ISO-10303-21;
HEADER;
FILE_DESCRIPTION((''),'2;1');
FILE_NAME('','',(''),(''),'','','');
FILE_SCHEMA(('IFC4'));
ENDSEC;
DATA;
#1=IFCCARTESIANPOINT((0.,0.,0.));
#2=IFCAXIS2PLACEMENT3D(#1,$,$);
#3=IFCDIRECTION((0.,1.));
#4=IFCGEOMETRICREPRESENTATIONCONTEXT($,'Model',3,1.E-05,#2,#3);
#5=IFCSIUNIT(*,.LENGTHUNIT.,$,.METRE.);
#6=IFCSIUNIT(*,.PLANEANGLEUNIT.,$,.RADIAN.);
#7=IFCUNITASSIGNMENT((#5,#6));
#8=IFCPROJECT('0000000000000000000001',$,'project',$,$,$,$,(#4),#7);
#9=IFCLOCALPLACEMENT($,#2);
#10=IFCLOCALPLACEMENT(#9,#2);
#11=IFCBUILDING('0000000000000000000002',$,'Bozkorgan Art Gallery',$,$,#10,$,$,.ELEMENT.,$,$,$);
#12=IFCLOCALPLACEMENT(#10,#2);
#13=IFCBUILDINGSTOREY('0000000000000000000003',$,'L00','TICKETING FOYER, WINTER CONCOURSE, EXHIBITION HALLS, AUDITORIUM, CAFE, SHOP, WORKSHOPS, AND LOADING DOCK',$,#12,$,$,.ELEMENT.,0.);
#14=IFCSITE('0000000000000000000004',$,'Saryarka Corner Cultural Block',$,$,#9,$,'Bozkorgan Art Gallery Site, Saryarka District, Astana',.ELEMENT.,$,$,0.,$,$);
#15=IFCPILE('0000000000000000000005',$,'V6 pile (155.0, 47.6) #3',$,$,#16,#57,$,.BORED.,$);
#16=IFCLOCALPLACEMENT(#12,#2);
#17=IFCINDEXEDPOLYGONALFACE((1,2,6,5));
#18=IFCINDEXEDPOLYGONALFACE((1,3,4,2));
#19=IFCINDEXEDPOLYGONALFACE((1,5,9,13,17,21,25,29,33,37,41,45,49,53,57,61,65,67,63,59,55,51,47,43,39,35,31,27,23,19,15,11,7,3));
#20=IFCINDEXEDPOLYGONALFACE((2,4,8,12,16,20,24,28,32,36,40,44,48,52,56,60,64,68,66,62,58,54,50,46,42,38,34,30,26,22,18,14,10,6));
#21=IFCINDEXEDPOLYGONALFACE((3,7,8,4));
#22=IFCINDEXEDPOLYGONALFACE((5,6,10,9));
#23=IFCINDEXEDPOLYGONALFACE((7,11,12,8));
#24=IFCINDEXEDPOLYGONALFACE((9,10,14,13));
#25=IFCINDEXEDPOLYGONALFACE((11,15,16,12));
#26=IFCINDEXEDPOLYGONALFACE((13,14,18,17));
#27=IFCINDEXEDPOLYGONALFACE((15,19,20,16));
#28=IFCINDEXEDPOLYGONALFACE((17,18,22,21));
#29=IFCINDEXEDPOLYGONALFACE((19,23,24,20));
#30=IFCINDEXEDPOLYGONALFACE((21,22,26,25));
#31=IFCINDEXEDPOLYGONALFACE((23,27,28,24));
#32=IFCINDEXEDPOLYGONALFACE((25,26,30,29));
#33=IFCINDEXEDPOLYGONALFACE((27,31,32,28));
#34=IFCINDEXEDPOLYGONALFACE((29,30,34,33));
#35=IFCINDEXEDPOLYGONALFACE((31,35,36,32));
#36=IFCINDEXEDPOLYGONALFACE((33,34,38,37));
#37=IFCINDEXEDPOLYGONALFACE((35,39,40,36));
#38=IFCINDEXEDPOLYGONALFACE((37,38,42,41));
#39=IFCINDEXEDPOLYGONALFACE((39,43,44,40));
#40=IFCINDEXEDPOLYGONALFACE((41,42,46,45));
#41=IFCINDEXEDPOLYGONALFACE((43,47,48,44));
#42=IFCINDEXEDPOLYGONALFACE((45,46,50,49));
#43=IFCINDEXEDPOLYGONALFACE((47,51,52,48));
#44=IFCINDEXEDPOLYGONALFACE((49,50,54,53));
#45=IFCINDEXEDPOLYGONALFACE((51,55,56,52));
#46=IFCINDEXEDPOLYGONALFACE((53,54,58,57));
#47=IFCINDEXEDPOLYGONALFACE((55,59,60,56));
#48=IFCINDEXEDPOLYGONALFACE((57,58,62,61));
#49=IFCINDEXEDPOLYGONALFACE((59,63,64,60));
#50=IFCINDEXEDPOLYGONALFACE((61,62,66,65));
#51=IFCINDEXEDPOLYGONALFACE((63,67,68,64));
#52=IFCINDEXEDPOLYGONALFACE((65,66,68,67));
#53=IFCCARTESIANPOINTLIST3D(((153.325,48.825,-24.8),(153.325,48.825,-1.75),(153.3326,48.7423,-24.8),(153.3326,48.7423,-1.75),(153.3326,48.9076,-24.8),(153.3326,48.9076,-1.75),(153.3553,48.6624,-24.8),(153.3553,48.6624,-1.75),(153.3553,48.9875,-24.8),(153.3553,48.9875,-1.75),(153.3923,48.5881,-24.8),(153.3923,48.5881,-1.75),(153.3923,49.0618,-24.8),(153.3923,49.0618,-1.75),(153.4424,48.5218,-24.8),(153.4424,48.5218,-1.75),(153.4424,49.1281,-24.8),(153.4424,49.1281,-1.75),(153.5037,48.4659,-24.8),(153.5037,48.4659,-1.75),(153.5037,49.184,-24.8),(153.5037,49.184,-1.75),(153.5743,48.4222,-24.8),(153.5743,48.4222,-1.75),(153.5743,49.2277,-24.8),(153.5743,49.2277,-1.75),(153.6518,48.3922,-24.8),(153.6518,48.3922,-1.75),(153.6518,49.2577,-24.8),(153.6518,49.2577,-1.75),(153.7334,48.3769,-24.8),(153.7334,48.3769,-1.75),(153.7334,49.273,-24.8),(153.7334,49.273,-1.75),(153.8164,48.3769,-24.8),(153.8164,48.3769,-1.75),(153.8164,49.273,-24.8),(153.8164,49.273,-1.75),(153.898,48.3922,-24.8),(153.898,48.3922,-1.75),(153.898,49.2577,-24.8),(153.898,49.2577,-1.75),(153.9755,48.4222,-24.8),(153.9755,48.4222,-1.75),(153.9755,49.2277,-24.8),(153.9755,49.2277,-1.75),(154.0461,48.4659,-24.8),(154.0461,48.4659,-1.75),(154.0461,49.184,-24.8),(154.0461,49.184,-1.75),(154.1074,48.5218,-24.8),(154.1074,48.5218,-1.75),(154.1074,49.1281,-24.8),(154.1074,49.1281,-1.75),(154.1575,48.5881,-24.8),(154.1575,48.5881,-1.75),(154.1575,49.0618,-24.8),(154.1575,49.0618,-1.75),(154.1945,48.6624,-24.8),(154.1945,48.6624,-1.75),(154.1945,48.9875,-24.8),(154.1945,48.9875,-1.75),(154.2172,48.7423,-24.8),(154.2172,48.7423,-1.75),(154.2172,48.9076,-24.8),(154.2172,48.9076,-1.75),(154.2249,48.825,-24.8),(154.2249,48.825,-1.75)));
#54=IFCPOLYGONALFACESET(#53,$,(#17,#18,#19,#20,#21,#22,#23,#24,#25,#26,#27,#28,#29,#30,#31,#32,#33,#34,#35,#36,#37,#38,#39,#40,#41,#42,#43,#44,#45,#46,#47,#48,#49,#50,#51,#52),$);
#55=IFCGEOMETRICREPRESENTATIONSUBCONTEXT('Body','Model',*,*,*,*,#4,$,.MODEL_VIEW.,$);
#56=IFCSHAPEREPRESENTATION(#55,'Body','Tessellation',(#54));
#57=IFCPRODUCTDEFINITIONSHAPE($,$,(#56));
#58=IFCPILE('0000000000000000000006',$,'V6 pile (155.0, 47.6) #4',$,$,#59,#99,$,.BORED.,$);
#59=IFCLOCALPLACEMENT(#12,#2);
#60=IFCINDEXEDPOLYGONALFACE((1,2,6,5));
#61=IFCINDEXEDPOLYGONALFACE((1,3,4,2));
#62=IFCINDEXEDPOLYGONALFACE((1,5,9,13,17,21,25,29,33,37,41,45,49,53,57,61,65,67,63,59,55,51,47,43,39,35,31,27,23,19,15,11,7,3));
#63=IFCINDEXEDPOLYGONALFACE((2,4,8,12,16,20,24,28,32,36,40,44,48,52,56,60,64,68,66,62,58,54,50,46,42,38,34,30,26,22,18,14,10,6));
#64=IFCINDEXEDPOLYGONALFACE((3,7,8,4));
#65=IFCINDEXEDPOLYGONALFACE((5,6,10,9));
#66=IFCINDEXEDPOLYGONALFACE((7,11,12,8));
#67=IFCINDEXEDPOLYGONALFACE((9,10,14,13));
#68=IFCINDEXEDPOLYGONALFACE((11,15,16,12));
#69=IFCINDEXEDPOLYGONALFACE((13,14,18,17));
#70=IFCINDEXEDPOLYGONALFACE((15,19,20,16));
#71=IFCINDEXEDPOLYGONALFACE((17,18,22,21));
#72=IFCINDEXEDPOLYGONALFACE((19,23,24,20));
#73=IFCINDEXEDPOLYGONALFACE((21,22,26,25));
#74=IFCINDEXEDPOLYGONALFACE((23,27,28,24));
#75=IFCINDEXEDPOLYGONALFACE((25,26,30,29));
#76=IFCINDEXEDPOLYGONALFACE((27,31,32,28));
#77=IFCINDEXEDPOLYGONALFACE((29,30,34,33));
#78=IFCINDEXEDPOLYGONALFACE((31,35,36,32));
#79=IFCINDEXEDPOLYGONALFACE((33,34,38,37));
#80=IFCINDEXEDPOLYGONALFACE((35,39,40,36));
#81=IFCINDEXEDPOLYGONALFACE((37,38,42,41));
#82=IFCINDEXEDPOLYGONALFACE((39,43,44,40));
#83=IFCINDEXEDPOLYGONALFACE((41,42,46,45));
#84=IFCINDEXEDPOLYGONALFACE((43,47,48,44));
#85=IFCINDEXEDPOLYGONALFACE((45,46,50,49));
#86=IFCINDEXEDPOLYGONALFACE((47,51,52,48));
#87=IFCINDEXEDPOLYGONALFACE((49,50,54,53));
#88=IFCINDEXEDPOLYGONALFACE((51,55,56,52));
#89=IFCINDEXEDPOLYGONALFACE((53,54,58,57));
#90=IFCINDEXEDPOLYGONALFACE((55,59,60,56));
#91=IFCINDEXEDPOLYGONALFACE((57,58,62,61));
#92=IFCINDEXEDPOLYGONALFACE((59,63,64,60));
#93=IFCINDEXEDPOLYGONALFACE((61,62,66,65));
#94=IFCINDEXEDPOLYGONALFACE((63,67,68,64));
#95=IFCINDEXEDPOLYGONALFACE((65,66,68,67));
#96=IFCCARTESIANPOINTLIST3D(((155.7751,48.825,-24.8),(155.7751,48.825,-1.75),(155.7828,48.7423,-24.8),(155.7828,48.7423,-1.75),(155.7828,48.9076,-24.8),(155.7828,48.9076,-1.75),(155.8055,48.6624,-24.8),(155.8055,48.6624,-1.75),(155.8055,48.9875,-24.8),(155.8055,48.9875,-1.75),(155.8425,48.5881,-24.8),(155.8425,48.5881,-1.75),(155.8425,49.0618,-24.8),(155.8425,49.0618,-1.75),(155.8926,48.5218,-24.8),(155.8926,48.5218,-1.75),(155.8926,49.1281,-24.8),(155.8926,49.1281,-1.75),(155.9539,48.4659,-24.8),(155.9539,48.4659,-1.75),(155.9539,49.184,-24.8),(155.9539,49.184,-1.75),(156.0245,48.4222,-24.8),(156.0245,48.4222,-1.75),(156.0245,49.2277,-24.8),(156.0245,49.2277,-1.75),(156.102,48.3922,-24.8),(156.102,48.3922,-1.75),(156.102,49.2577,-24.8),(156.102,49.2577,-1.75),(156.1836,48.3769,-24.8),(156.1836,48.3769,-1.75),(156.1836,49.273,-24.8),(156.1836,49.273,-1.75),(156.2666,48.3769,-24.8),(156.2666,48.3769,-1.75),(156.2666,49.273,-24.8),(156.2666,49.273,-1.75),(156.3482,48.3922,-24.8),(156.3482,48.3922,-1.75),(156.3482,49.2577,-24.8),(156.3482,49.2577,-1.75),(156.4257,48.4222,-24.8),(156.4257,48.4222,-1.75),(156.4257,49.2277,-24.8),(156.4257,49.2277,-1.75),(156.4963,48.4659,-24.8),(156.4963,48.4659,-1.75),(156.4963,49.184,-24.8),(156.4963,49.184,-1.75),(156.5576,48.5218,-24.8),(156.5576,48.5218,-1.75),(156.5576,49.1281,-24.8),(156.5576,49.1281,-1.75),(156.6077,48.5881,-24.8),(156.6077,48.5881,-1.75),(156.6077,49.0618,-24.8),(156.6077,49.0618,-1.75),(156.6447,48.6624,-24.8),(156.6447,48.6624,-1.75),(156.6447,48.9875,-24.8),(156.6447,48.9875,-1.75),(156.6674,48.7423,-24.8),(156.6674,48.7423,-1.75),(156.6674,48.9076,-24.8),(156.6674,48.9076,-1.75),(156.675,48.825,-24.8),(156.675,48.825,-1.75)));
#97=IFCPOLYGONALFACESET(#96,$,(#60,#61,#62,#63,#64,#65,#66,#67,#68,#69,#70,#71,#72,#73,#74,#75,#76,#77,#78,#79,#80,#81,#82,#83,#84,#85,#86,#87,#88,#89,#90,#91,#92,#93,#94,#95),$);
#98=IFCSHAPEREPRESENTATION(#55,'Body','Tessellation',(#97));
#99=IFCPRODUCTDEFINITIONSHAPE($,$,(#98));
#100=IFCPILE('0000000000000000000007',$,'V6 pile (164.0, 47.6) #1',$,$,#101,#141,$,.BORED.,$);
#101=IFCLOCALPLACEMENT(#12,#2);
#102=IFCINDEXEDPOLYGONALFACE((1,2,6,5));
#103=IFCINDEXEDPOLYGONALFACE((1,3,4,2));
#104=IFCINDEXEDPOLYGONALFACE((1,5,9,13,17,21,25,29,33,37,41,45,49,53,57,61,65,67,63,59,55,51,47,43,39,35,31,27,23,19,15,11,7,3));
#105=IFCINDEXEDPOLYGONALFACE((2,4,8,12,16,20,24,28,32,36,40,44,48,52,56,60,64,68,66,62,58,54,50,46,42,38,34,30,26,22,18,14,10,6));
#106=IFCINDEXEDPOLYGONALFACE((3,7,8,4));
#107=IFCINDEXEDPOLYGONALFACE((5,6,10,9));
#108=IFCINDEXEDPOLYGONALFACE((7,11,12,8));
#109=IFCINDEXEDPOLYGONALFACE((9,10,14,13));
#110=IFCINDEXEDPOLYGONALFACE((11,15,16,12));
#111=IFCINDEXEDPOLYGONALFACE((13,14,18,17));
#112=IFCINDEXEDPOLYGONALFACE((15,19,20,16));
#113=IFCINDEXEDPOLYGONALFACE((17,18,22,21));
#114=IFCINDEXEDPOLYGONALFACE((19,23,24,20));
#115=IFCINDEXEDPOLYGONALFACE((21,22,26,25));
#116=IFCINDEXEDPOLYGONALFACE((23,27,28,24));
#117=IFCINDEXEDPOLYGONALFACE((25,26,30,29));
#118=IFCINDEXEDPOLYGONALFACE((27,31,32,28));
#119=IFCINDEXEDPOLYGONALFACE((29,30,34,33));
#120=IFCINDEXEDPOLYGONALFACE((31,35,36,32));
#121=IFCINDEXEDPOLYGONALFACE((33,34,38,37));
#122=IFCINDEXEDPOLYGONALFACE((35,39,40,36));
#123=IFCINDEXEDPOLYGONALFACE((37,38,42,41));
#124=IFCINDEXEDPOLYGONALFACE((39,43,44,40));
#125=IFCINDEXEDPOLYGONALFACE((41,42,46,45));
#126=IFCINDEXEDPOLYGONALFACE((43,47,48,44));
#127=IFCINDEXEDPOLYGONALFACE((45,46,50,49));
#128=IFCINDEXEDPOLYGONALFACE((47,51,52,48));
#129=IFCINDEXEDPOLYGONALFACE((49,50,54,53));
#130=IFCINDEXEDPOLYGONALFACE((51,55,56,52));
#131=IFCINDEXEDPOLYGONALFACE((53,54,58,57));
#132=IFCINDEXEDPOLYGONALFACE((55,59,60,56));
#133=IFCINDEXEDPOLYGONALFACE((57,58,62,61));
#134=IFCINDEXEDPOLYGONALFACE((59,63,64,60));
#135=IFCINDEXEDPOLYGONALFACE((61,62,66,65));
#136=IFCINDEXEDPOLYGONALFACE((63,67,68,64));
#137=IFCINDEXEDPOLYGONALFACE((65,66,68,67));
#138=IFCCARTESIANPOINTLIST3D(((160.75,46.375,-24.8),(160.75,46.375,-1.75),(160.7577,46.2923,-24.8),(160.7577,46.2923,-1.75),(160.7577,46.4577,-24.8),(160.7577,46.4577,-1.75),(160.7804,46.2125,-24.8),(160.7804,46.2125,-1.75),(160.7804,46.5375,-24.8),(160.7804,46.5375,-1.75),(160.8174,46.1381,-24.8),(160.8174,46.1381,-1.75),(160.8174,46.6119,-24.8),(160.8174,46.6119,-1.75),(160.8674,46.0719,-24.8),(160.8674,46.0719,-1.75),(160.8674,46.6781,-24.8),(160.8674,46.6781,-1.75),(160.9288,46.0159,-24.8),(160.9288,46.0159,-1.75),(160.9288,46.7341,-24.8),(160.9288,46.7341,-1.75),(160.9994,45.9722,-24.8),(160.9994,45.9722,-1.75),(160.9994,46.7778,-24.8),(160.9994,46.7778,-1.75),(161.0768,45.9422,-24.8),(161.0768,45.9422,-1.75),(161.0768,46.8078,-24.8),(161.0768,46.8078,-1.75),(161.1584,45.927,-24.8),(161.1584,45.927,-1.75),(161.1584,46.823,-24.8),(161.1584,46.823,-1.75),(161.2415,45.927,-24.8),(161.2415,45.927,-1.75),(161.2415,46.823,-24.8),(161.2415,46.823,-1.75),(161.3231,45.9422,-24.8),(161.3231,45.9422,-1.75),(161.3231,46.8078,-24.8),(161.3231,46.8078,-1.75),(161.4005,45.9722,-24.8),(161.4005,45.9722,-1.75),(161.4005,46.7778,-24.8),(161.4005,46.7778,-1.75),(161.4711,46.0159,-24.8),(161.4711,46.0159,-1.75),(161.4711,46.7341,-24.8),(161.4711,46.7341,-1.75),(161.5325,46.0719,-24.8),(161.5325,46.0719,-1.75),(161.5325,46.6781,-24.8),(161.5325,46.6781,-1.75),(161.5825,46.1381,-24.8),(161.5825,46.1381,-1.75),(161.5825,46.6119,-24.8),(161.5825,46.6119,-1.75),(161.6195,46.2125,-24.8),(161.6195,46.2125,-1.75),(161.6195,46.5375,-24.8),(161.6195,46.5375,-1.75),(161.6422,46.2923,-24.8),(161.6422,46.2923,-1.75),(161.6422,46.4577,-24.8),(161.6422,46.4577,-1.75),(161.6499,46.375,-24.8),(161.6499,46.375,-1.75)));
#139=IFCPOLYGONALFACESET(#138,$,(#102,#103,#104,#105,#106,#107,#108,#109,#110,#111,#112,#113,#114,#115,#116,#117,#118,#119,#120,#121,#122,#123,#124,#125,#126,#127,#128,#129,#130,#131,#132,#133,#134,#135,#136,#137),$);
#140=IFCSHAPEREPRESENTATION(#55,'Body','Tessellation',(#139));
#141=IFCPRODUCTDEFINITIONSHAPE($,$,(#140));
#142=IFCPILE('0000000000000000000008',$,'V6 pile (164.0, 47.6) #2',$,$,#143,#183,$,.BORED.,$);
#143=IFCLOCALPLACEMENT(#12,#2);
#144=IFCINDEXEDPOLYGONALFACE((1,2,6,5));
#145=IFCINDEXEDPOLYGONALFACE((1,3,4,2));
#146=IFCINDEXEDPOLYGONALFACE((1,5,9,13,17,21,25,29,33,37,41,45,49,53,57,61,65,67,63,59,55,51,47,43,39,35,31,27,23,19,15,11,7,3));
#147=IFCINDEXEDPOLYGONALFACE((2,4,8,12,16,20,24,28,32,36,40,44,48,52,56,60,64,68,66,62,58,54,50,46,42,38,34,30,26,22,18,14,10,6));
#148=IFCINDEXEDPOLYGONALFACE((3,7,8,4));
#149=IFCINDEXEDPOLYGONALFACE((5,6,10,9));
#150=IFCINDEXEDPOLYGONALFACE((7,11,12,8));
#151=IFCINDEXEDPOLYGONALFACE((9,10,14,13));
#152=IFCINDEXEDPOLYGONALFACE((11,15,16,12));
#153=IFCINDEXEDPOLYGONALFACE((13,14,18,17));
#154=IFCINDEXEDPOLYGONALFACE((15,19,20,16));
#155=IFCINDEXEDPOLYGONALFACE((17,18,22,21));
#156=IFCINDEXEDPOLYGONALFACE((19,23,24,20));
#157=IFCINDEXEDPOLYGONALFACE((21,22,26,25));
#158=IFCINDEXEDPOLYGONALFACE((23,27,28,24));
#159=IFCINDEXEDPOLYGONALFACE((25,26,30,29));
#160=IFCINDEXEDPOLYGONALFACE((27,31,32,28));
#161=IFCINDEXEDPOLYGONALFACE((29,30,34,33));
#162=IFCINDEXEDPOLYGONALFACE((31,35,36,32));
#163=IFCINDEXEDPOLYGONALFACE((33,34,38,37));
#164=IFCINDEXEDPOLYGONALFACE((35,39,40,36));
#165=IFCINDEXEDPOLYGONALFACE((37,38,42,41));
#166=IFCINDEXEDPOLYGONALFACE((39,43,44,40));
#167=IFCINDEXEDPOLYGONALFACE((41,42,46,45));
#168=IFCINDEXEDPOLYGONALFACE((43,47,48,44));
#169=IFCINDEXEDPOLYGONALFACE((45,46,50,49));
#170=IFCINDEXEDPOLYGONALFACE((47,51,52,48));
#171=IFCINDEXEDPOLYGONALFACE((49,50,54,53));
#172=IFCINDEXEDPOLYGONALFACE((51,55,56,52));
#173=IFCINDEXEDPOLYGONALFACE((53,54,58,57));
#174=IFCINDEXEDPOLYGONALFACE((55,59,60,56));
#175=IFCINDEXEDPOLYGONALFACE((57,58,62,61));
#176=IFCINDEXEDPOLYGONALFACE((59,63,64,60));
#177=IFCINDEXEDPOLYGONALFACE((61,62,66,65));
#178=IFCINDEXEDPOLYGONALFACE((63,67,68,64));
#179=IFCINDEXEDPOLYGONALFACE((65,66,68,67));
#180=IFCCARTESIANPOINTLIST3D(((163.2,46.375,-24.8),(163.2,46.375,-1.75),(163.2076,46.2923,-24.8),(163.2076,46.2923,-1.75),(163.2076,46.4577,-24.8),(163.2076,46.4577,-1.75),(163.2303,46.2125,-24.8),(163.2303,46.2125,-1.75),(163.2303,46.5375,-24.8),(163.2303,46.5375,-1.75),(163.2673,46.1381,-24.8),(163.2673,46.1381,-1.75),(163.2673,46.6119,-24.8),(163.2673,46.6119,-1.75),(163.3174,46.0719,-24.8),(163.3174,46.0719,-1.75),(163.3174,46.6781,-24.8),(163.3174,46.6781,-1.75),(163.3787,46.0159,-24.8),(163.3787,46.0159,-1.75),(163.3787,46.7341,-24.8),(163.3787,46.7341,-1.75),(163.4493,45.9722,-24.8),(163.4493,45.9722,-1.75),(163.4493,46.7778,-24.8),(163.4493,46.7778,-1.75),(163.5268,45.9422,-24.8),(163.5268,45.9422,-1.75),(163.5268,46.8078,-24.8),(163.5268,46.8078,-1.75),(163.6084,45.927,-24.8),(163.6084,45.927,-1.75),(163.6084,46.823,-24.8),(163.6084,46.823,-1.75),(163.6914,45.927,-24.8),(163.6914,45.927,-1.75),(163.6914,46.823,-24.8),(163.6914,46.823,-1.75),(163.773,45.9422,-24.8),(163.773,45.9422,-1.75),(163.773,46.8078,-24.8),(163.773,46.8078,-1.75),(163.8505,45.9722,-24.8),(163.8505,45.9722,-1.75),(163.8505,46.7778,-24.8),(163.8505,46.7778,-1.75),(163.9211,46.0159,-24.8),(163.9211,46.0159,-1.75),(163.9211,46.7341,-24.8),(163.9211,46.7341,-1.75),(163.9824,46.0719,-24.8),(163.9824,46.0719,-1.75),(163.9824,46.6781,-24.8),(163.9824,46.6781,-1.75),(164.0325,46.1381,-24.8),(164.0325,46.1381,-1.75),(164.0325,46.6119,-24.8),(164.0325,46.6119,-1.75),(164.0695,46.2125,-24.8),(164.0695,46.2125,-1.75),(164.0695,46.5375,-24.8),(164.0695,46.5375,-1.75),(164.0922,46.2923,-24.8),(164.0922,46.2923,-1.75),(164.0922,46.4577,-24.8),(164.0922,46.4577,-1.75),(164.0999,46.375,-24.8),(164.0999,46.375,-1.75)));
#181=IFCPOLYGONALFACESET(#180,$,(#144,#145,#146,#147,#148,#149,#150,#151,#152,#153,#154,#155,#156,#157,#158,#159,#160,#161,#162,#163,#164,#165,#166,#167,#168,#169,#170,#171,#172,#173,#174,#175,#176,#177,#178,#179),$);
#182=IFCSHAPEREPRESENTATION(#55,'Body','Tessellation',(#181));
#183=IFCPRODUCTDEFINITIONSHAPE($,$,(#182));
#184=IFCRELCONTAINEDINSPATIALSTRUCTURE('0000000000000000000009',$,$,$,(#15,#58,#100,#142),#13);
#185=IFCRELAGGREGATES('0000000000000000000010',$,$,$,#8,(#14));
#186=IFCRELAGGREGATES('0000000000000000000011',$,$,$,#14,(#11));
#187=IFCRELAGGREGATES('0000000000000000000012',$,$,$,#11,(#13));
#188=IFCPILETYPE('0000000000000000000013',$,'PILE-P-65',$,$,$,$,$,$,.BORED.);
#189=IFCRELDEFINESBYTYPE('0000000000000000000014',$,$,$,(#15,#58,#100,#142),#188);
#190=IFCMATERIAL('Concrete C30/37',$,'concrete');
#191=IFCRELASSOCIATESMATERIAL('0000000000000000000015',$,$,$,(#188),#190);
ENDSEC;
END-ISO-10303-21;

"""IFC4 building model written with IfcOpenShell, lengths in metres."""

from ifc_helpers import new_model, si_unit, direction, frame, origin, origin_2d, place, context, subcontext, project, spatial, circle, extrude, material, material_profile, profile_set, type_object, element, save


model = new_model("IFC4")

# Units and contexts
model_context = context("Model", 3, precision=1e-05, world=origin(), true_north=direction((0.0, 1.0)))
body_context = subcontext(model_context, "Body", "Model", "MODEL_VIEW")
ifc_project = project(units=[si_unit("LENGTHUNIT", "METRE"), si_unit("PLANEANGLEUNIT", "RADIAN")], contexts=[model_context])

# Site, building, storey
site_placement = place(None, origin())
site = spatial("IfcSite", under=ifc_project, at=site_placement, Name="Saryarka Corner Cultural Block", LongName="Bozkorgan Art Gallery Site, Saryarka District, Astana", CompositionType="ELEMENT", RefElevation=0.0)
building_placement = place(site_placement, origin())
building = spatial("IfcBuilding", under=site, at=building_placement, Name="Bozkorgan Art Gallery", CompositionType="ELEMENT")
storey_placement = place(building_placement, origin())
storey = spatial("IfcBuildingStorey", under=building, at=storey_placement, Name="L00", Description="TICKETING FOYER, WINTER CONCOURSE, EXHIBITION HALLS, AUDITORIUM, CAFE, SHOP, WORKSHOPS, AND LOADING DOCK", CompositionType="ELEMENT", Elevation=0.0)

# Shared definitions
ifc_material_1 = material(Name="Concrete C30/37", Category="concrete")

# Piles
ifc_material_profile_1 = material_profile(ifc_material_1, circle(Radius=0.45, at=origin_2d()), Name="PILE D900")
ifc_profile_set_1 = profile_set([ifc_material_profile_1], Name="Concrete C30/37")
pile_type = type_object("IfcPileType", Name="PILE-P-65", PredefinedType="BORED", material=ifc_profile_set_1)
for number, where, z_axis, x_axis, name in (
    (1, (153.7749, 48.825, -1.75), (0.0, 0.0, -1.0), (1.0, 0.0, 0.0), "V6 pile (155.0, 47.6) #3"),
    (2, (156.2251, 48.825, -1.75), (0.0, 0.0, -1.0), (1.0, 0.0, 0.0), "V6 pile (155.0, 47.6) #4"),
    (3, (161.2, 46.375, -1.75), (0.0, 0.0, -1.0), (1.0, 0.0, 0.0), "V6 pile (164.0, 47.6) #1"),
    (4, (163.6499, 46.375, -1.75), (0.0, 0.0, -1.0), (1.0, 0.0, 0.0), "V6 pile (164.0, 47.6) #2"),
):
    element("IfcPile", number, at=place(storey_placement, frame(where, z_axis=z_axis, x_axis=x_axis)), inside=storey, type_object=pile_type, Name=name, PredefinedType="BORED", context=body_context, shape_type="SweptSolid", body=[
        extrude(circle(Radius=0.45, at=origin_2d()), origin(), (0.0, 0.0, 1.0), 23.05),
    ])

save(model, "model.ifc")
